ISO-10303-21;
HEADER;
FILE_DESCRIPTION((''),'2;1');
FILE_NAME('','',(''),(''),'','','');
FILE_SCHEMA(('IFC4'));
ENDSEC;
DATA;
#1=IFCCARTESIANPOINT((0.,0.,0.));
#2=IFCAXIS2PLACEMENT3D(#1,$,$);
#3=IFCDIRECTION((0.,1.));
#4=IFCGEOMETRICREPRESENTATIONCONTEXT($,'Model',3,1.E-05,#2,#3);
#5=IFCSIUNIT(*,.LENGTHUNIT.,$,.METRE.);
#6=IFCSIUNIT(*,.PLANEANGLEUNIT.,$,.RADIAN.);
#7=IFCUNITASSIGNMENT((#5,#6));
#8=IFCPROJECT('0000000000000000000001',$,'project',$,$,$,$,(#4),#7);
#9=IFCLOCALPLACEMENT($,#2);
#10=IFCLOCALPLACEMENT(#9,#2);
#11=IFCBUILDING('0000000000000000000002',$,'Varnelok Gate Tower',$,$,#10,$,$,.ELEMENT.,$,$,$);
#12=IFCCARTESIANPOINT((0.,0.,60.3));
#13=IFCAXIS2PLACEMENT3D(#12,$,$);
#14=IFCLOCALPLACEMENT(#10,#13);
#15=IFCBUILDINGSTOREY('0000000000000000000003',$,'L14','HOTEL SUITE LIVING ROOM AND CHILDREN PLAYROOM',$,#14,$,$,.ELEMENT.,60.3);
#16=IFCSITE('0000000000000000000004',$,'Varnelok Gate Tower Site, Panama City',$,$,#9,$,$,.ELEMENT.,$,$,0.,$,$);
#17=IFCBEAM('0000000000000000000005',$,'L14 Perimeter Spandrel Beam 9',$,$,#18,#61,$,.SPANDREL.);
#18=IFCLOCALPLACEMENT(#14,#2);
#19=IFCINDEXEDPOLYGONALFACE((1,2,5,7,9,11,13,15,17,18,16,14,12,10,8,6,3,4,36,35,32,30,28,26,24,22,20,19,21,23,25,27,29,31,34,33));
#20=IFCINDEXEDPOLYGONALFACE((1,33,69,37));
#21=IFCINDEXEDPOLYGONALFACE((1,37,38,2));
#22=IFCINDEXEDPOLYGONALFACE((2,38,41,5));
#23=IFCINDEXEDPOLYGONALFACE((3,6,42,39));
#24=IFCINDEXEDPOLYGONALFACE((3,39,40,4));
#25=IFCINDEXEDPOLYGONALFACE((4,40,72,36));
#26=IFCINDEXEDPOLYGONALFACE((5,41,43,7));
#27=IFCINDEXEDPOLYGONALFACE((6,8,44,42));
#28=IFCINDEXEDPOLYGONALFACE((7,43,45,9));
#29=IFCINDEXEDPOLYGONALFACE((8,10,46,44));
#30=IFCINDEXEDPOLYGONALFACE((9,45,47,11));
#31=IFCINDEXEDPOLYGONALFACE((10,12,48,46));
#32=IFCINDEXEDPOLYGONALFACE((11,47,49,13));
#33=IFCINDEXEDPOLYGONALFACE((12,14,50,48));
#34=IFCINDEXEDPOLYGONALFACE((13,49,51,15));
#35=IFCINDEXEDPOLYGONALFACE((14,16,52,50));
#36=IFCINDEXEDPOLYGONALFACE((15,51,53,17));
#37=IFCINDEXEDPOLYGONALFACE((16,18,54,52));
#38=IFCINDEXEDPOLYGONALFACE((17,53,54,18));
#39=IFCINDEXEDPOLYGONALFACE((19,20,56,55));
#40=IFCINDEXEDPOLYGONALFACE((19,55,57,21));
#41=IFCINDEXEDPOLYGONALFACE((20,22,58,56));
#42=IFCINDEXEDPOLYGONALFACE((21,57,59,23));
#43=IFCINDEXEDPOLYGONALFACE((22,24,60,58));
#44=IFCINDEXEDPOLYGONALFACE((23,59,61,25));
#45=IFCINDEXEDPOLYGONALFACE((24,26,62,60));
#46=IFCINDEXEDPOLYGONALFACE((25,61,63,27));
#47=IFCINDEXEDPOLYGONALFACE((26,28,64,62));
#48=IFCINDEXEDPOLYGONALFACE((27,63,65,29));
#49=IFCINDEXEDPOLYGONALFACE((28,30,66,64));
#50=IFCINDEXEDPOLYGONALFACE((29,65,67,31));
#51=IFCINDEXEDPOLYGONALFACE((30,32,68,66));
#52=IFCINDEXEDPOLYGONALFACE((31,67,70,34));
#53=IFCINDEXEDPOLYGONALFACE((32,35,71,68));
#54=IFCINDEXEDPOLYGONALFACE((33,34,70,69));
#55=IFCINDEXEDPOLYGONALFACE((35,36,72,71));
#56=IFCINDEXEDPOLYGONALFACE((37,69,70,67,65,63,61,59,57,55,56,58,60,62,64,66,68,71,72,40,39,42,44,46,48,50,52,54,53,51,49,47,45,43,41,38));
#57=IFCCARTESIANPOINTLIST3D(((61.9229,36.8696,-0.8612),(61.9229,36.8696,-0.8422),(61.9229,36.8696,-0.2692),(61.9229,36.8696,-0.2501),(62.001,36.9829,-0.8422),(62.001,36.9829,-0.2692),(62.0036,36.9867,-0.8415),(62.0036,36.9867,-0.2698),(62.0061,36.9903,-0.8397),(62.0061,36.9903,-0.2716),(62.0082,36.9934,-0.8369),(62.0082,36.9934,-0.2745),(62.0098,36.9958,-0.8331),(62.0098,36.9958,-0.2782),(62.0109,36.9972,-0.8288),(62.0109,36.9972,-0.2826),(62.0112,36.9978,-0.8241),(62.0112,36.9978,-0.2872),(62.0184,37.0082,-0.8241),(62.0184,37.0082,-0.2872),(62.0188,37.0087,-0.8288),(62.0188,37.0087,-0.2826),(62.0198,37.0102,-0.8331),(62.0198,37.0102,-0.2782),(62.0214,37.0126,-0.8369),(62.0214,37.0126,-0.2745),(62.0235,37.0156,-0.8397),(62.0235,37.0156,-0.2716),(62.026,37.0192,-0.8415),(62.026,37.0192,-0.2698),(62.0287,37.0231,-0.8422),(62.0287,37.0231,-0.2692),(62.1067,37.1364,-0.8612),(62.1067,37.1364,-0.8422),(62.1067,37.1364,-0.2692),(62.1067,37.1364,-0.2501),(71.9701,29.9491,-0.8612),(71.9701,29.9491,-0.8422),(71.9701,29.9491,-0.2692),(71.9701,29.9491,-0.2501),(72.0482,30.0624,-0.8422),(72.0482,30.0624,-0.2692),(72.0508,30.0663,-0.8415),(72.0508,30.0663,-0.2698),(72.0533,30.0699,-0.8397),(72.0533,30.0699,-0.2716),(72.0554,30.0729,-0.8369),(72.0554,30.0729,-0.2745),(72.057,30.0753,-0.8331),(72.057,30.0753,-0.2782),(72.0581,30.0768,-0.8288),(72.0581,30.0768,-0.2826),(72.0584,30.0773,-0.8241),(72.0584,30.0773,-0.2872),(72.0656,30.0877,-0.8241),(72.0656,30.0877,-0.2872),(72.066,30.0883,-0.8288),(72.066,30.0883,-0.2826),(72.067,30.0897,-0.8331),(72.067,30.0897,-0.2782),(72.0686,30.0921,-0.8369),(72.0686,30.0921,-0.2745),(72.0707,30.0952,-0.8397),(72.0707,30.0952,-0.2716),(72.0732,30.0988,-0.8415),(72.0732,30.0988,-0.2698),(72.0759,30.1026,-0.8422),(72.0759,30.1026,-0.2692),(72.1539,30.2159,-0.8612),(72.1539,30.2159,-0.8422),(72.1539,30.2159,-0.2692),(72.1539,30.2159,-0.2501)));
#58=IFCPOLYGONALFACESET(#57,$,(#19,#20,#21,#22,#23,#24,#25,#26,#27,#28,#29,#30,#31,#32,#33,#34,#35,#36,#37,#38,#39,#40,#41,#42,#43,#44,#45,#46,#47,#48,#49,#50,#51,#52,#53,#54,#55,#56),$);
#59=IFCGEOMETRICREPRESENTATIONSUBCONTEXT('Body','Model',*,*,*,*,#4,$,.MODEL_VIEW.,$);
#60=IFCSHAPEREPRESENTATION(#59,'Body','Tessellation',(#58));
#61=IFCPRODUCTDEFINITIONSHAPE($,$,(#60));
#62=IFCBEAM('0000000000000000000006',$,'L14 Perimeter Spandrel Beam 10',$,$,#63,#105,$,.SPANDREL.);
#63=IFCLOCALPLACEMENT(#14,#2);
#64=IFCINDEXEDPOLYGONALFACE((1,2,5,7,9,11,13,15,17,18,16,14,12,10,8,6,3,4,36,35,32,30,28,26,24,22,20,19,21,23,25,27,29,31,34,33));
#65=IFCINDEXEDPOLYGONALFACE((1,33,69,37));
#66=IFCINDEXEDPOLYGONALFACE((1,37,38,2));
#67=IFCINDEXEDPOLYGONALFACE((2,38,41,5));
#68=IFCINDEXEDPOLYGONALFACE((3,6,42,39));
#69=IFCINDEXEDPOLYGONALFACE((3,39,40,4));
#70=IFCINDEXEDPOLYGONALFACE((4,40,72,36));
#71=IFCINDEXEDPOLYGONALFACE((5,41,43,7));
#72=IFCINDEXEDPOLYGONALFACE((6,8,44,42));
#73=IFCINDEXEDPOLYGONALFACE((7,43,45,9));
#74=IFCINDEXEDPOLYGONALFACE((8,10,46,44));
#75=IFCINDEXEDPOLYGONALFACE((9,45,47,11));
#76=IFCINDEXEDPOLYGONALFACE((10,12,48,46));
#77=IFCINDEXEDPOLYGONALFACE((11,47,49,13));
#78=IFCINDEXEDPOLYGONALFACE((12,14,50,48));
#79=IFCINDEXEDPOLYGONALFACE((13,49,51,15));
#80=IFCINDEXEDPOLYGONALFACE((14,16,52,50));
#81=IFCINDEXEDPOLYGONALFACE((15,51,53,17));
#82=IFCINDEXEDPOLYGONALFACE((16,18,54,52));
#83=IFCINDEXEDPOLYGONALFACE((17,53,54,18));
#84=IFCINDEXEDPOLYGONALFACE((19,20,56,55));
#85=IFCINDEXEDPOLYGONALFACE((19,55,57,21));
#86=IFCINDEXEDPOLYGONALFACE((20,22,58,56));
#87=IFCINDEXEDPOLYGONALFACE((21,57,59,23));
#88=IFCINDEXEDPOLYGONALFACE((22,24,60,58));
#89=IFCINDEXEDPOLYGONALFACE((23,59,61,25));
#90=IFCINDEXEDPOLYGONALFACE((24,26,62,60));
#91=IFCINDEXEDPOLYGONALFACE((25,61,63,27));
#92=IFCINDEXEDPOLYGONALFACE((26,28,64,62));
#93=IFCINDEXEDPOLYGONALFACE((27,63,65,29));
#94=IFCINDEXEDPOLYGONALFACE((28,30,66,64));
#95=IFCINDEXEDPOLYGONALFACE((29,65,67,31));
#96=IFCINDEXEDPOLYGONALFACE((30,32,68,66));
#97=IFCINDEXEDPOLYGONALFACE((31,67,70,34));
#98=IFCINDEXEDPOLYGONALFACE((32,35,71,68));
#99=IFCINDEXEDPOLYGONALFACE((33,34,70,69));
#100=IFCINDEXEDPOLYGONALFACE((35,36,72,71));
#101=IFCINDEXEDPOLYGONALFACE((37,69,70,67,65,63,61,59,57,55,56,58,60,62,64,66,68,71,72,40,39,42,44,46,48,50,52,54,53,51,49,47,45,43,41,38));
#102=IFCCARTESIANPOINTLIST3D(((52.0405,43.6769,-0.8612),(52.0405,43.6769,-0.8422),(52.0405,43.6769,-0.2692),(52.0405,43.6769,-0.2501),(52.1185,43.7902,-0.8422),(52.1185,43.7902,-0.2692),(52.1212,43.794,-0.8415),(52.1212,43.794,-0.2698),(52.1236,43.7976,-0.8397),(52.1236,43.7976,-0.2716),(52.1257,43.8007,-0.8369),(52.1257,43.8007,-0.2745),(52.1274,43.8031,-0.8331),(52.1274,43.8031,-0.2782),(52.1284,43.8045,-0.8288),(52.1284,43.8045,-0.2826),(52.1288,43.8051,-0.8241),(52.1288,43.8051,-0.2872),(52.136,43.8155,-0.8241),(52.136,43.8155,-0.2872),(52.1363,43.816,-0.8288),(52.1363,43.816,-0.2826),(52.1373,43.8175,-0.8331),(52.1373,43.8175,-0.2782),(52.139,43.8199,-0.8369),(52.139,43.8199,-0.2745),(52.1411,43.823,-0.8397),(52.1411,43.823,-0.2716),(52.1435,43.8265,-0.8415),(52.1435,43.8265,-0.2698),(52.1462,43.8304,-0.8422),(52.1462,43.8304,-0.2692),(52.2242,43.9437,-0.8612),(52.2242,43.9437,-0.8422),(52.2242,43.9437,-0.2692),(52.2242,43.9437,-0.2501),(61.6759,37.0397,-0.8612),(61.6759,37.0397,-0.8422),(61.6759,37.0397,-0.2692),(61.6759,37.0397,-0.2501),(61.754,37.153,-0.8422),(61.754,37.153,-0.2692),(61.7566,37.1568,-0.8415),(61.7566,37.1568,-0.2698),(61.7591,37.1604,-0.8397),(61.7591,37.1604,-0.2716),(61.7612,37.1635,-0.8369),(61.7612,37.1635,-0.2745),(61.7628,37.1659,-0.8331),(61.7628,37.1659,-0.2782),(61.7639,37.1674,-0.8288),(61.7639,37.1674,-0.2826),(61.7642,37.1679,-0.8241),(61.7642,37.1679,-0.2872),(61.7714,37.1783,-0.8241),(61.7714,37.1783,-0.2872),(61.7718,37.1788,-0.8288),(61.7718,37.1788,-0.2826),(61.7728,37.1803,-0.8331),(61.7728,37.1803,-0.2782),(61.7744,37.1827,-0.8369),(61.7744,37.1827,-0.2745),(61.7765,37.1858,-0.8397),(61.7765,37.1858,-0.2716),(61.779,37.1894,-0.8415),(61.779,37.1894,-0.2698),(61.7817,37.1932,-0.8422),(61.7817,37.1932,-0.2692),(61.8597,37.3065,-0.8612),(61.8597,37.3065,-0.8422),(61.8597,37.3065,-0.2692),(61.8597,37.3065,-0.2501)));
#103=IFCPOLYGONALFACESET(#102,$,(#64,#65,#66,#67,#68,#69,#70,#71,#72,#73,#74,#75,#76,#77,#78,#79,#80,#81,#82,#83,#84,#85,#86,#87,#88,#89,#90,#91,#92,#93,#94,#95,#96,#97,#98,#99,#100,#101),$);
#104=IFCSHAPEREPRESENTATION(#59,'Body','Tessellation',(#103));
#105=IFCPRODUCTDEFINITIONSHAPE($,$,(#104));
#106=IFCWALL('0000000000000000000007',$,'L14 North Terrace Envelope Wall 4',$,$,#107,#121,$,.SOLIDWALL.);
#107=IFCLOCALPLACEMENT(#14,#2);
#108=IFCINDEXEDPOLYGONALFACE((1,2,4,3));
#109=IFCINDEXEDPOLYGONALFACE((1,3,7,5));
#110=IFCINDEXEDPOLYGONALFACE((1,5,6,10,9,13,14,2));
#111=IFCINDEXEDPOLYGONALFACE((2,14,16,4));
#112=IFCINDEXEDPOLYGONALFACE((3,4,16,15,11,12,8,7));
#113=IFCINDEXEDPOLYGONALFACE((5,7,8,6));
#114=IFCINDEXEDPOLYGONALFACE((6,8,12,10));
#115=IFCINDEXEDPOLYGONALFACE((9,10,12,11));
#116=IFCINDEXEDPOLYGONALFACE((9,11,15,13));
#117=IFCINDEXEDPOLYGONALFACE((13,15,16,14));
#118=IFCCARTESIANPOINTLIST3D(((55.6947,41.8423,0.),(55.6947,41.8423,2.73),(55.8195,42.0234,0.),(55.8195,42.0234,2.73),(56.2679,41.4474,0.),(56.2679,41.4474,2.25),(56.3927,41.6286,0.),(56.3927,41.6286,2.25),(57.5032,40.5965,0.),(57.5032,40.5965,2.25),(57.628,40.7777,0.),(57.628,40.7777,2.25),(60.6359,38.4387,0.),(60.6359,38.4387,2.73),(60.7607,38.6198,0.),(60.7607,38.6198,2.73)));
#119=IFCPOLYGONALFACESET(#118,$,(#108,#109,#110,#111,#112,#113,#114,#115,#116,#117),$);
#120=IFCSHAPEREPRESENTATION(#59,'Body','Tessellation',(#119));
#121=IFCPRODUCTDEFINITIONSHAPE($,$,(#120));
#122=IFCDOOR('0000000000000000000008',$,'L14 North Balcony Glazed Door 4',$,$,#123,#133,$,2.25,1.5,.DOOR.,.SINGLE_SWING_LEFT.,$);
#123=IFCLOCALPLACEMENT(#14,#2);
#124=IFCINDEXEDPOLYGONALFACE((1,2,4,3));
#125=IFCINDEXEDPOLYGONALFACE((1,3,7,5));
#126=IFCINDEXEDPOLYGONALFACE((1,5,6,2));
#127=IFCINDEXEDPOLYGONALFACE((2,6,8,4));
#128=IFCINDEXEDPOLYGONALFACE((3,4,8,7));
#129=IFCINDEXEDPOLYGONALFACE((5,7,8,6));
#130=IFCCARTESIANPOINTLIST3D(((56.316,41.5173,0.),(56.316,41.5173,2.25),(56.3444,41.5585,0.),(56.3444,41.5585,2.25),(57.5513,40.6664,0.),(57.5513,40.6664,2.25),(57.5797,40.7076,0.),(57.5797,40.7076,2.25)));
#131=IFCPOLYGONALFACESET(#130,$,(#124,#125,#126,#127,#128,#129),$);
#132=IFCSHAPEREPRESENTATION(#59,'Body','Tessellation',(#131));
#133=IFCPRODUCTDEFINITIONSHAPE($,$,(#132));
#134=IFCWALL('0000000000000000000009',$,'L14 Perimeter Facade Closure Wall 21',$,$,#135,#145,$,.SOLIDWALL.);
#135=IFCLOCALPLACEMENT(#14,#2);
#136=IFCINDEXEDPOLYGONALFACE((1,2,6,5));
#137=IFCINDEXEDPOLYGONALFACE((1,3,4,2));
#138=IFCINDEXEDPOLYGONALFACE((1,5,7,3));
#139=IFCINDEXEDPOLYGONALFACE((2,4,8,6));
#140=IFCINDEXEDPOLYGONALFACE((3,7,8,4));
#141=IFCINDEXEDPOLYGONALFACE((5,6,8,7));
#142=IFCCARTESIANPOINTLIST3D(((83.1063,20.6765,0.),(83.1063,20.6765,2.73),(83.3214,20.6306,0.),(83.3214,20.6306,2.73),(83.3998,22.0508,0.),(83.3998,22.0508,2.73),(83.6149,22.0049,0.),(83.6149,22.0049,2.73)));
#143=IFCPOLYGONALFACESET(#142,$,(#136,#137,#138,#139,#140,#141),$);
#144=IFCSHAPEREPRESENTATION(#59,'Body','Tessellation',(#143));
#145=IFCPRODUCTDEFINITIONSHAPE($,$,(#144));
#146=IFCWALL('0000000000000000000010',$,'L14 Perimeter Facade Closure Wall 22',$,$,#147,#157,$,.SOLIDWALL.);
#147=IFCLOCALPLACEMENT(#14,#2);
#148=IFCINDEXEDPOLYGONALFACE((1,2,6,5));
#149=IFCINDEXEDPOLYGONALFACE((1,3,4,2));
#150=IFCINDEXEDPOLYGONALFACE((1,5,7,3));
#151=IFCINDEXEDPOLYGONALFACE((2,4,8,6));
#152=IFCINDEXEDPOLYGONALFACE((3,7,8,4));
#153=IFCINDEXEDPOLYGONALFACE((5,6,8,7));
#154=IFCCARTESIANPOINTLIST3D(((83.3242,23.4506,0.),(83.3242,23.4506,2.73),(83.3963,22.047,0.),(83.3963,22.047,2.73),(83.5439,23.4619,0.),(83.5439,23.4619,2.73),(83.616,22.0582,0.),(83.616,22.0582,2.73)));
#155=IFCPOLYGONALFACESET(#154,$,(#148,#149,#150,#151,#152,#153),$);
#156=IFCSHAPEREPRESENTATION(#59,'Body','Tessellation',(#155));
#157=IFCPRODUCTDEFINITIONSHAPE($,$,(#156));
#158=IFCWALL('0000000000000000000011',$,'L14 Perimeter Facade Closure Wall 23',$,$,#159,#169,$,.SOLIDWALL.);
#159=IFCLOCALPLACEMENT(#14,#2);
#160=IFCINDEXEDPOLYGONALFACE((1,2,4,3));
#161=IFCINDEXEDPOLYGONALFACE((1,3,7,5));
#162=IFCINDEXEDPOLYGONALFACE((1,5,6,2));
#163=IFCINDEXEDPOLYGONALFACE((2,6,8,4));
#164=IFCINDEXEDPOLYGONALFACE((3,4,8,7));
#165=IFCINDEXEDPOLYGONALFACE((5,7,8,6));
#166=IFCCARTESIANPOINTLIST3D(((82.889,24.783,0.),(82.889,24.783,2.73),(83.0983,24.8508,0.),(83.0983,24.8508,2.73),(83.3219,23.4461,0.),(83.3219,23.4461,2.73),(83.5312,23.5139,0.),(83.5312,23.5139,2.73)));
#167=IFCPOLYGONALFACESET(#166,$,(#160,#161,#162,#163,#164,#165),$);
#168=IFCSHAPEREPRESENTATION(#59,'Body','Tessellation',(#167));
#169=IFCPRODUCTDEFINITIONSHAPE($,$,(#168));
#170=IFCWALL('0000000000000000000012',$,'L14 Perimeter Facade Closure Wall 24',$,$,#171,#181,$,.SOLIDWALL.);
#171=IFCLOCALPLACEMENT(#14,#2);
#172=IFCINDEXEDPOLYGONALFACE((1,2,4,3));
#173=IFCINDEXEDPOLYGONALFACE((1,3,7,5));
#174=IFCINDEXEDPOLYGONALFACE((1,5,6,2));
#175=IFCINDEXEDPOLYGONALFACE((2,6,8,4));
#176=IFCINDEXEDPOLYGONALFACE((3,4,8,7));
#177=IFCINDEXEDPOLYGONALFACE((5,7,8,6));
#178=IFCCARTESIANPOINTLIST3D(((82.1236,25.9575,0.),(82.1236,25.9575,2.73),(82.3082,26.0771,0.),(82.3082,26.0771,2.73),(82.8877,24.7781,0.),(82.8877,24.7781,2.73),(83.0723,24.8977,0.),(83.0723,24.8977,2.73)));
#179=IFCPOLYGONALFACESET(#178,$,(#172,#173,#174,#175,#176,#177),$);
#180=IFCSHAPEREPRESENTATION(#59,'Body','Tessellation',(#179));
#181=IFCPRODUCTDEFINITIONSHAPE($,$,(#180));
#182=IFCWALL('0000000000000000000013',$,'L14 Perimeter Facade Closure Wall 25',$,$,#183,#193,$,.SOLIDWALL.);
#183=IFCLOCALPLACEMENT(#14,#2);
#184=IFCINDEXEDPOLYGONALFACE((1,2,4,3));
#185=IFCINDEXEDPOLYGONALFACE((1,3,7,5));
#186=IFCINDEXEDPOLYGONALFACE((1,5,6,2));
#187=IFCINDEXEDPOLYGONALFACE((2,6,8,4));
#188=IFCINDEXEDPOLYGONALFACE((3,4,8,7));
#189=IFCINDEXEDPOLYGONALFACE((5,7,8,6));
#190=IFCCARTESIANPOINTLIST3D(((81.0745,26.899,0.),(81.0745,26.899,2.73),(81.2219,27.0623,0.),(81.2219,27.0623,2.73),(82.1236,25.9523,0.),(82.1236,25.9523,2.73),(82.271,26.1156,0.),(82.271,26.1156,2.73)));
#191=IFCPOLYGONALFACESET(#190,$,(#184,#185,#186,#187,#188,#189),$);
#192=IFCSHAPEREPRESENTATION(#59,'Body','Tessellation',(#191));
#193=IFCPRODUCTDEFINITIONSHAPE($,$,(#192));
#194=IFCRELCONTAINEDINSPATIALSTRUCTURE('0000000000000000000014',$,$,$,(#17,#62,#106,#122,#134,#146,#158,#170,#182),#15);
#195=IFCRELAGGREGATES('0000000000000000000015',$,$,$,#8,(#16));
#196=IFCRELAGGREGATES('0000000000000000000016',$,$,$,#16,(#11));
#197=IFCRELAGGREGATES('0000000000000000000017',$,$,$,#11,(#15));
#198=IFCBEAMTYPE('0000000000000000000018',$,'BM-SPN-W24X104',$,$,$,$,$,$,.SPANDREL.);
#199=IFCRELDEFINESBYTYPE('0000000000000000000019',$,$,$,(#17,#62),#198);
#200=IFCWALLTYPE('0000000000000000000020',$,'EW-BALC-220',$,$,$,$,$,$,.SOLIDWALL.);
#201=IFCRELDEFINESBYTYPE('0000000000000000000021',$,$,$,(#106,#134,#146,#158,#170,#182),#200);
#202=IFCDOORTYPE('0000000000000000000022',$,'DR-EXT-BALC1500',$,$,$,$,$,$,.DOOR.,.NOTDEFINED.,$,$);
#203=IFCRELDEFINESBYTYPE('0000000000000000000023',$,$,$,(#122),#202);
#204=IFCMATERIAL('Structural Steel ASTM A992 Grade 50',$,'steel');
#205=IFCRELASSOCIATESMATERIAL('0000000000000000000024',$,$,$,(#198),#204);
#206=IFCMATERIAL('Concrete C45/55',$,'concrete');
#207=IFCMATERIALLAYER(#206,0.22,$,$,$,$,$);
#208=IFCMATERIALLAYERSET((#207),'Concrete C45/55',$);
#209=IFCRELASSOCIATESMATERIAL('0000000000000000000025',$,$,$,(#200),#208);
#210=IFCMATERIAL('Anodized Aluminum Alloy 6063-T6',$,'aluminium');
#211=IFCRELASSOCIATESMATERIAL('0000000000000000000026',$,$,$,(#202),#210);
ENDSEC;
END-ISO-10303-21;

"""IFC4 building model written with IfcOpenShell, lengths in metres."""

from ifc_helpers import new_model, si_unit, direction, frame, frame_2d, origin, origin_2d, place, context, subcontext, project, spatial, rectangle, i_section, extrude, material, layer, layer_set, material_profile, profile_set, type_object, element, fill, save


model = new_model("IFC4")

# Units and contexts
model_context = context("Model", 3, precision=1e-05, world=origin(), true_north=direction((0.0, 1.0)))
body_context = subcontext(model_context, "Body", "Model", "MODEL_VIEW")
ifc_project = project(units=[si_unit("LENGTHUNIT", "METRE"), si_unit("PLANEANGLEUNIT", "RADIAN")], contexts=[model_context])

# Site, building, storey
site_placement = place(None, origin())
site = spatial("IfcSite", under=ifc_project, at=site_placement, Name="Varnelok Gate Tower Site, Panama City", CompositionType="ELEMENT", RefElevation=0.0)
building_placement = place(site_placement, origin())
building = spatial("IfcBuilding", under=site, at=building_placement, Name="Varnelok Gate Tower", CompositionType="ELEMENT")
storey_placement = place(building_placement, frame((0.0, 0.0, 60.3)))
storey = spatial("IfcBuildingStorey", under=building, at=storey_placement, Name="L14", Description="HOTEL SUITE LIVING ROOM AND CHILDREN PLAYROOM", CompositionType="ELEMENT", Elevation=60.3)

# Shared definitions
ifc_material_1 = material(Name="Structural Steel ASTM A992 Grade 50", Category="steel")

# Beams
ifc_material_profile_1 = material_profile(ifc_material_1, i_section(OverallWidth=0.324, OverallDepth=0.6111, WebThickness=0.0127, FlangeThickness=0.019, FilletRadius=0.0181, at=origin_2d()), Name="W24X104")
ifc_profile_set_1 = profile_set([ifc_material_profile_1], Name="Structural Steel ASTM A992 Grade 50")
beam_type_1 = type_object("IfcBeamType", Name="BM-SPN-W24X104", PredefinedType="SPANDREL", material=ifc_profile_set_1)
beam_1_placement = place(storey_placement, frame((72.062, 30.0825, -0.5557), z_axis=(-0.823544, 0.567253, 0.0), x_axis=(-0.567253, -0.823544, 0.0)))
element("IfcBeam", 1, at=beam_1_placement, inside=storey, type_object=beam_type_1, Name="L14 Perimeter Spandrel Beam 9", PredefinedType="SPANDREL", context=body_context, shape_type="SweptSolid", body=[
    extrude(i_section(OverallWidth=0.324, OverallDepth=0.6111, WebThickness=0.0127, FlangeThickness=0.019, FilletRadius=0.0181, at=origin_2d()), origin(), (0.0, 0.0, 1.0), 12.2),
])
beam_2_placement = place(storey_placement, frame((61.7678, 37.1731, -0.5557), z_axis=(-0.823531, 0.567272, 0.0), x_axis=(-0.567272, -0.823531, 0.0)))
element("IfcBeam", 2, at=beam_2_placement, inside=storey, type_object=beam_type_1, Name="L14 Perimeter Spandrel Beam 10", PredefinedType="SPANDREL", context=body_context, shape_type="SweptSolid", body=[
    extrude(i_section(OverallWidth=0.324, OverallDepth=0.6111, WebThickness=0.0127, FlangeThickness=0.019, FilletRadius=0.0181, at=origin_2d()), origin(), (0.0, 0.0, 1.0), 11.7002),
])

# Wall, opening, door
ifc_material_2 = material(Name="Concrete C45/55", Category="concrete")
ifc_layer_1 = layer(ifc_material_2, 0.22)
ifc_layer_set_1 = layer_set([ifc_layer_1], Name="Concrete C45/55")
wall_type_1 = type_object("IfcWallType", Name="EW-BALC-220", PredefinedType="SOLIDWALL", material=ifc_layer_set_1)
wall_1_placement = place(storey_placement, frame((55.7571, 41.9329, 0.0), z_axis=(0.0, 0.0, 1.0), x_axis=(0.823535, -0.567266, 0.0)))
wall_1 = element("IfcWall", 3, at=wall_1_placement, inside=storey, type_object=wall_type_1, Name="L14 North Terrace Envelope Wall 4", PredefinedType="SOLIDWALL", context=body_context, shape_type="SweptSolid", body=[
    extrude(rectangle(XDim=6.0, YDim=0.22, at=frame_2d((3.0, 0.0))), origin(), (0.0, 0.0, 1.0), 2.73),
])
opening_1_placement = place(wall_1_placement, frame((0.696, 0.0, 0.0)))
opening_1 = element("IfcOpeningElement", 4, at=opening_1_placement, cuts=wall_1, PredefinedType="OPENING", context=body_context, shape_type="SweptSolid", body=[
    extrude(rectangle(XDim=1.5, YDim=2.25, at=frame_2d((0.75, 1.125))), frame((0.0, 0.1199, 0.0), z_axis=(0.0, -1.0, 0.0), x_axis=(1.0, 0.0, 0.0)), (0.0, 0.0, 1.0), 0.24),
])
ifc_material_3 = material(Name="Anodized Aluminum Alloy 6063-T6", Category="aluminium")
door_type_1 = type_object("IfcDoorType", Name="DR-EXT-BALC1500", OperationType="NOTDEFINED", PredefinedType="DOOR", material=ifc_material_3)
door_1_placement = place(opening_1_placement, origin())
door_1 = element("IfcDoor", 5, at=door_1_placement, inside=storey, type_object=door_type_1, Name="L14 North Balcony Glazed Door 4", OperationType="SINGLE_SWING_LEFT", OverallHeight=2.25, OverallWidth=1.5, PredefinedType="DOOR", context=body_context, shape_type="SweptSolid", body=[
    extrude(rectangle(XDim=1.5, YDim=2.25, at=frame_2d((0.75, 1.125))), frame((0.0, 0.0249, 0.0), z_axis=(0.0, -1.0, 0.0), x_axis=(1.0, 0.0, 0.0)), (0.0, 0.0, 1.0), 0.05),
])
fill(opening_1, door_1)

# Walls
wall_2_placement = place(storey_placement, frame((83.2139, 20.6536, 0.0), z_axis=(0.0, 0.0, 1.0), x_axis=(0.208829, 0.977952, 0.0)))
element("IfcWall", 6, at=wall_2_placement, inside=storey, type_object=wall_type_1, Name="L14 Perimeter Facade Closure Wall 21", PredefinedType="SOLIDWALL", context=body_context, shape_type="SweptSolid", body=[
    extrude(rectangle(XDim=1.4053, YDim=0.22, at=frame_2d((0.7026, 0.0))), origin(), (0.0, 0.0, 1.0), 2.73),
])
wall_3_placement = place(storey_placement, frame((83.5061, 22.0527, 0.0), z_axis=(0.0, 0.0, 1.0), x_axis=(-0.051246, 0.998686, 0.0)))
element("IfcWall", 7, at=wall_3_placement, inside=storey, type_object=wall_type_1, Name="L14 Perimeter Facade Closure Wall 22", PredefinedType="SOLIDWALL", context=body_context, shape_type="SweptSolid", body=[
    extrude(rectangle(XDim=1.4055, YDim=0.22, at=frame_2d((0.7026, 0.0))), origin(), (0.0, 0.0, 1.0), 2.73),
])
for number, where, z_axis, x_axis, name in (
    (8, (83.4265, 23.48, 0.0), (0.0, 0.0, 1.0), (-0.308033, 0.951376, 0.0), "L14 Perimeter Facade Closure Wall 23"),
    (9, (82.98, 24.8379, 0.0), (0.0, 0.0, 1.0), (-0.543748, 0.839248, 0.0), "L14 Perimeter Facade Closure Wall 24"),
):
    element("IfcWall", number, at=place(storey_placement, frame(where, z_axis=z_axis, x_axis=x_axis)), inside=storey, type_object=wall_type_1, Name=name, PredefinedType="SOLIDWALL", context=body_context, shape_type="SweptSolid", body=[
        extrude(rectangle(XDim=1.4053, YDim=0.22, at=frame_2d((0.7026, 0.0))), origin(), (0.0, 0.0, 1.0), 2.73),
    ])
wall_4_placement = place(storey_placement, frame((82.1973, 26.0339, 0.0), z_axis=(0.0, 0.0, 1.0), x_axis=(-0.742374, 0.669985, 0.0)))
element("IfcWall", 10, at=wall_4_placement, inside=storey, type_object=wall_type_1, Name="L14 Perimeter Facade Closure Wall 25", PredefinedType="SOLIDWALL", context=body_context, shape_type="SweptSolid", body=[
    extrude(rectangle(XDim=1.4131, YDim=0.22, at=frame_2d((0.7065, 0.0))), origin(), (0.0, 0.0, 1.0), 2.73),
])

save(model, "model.ifc")
